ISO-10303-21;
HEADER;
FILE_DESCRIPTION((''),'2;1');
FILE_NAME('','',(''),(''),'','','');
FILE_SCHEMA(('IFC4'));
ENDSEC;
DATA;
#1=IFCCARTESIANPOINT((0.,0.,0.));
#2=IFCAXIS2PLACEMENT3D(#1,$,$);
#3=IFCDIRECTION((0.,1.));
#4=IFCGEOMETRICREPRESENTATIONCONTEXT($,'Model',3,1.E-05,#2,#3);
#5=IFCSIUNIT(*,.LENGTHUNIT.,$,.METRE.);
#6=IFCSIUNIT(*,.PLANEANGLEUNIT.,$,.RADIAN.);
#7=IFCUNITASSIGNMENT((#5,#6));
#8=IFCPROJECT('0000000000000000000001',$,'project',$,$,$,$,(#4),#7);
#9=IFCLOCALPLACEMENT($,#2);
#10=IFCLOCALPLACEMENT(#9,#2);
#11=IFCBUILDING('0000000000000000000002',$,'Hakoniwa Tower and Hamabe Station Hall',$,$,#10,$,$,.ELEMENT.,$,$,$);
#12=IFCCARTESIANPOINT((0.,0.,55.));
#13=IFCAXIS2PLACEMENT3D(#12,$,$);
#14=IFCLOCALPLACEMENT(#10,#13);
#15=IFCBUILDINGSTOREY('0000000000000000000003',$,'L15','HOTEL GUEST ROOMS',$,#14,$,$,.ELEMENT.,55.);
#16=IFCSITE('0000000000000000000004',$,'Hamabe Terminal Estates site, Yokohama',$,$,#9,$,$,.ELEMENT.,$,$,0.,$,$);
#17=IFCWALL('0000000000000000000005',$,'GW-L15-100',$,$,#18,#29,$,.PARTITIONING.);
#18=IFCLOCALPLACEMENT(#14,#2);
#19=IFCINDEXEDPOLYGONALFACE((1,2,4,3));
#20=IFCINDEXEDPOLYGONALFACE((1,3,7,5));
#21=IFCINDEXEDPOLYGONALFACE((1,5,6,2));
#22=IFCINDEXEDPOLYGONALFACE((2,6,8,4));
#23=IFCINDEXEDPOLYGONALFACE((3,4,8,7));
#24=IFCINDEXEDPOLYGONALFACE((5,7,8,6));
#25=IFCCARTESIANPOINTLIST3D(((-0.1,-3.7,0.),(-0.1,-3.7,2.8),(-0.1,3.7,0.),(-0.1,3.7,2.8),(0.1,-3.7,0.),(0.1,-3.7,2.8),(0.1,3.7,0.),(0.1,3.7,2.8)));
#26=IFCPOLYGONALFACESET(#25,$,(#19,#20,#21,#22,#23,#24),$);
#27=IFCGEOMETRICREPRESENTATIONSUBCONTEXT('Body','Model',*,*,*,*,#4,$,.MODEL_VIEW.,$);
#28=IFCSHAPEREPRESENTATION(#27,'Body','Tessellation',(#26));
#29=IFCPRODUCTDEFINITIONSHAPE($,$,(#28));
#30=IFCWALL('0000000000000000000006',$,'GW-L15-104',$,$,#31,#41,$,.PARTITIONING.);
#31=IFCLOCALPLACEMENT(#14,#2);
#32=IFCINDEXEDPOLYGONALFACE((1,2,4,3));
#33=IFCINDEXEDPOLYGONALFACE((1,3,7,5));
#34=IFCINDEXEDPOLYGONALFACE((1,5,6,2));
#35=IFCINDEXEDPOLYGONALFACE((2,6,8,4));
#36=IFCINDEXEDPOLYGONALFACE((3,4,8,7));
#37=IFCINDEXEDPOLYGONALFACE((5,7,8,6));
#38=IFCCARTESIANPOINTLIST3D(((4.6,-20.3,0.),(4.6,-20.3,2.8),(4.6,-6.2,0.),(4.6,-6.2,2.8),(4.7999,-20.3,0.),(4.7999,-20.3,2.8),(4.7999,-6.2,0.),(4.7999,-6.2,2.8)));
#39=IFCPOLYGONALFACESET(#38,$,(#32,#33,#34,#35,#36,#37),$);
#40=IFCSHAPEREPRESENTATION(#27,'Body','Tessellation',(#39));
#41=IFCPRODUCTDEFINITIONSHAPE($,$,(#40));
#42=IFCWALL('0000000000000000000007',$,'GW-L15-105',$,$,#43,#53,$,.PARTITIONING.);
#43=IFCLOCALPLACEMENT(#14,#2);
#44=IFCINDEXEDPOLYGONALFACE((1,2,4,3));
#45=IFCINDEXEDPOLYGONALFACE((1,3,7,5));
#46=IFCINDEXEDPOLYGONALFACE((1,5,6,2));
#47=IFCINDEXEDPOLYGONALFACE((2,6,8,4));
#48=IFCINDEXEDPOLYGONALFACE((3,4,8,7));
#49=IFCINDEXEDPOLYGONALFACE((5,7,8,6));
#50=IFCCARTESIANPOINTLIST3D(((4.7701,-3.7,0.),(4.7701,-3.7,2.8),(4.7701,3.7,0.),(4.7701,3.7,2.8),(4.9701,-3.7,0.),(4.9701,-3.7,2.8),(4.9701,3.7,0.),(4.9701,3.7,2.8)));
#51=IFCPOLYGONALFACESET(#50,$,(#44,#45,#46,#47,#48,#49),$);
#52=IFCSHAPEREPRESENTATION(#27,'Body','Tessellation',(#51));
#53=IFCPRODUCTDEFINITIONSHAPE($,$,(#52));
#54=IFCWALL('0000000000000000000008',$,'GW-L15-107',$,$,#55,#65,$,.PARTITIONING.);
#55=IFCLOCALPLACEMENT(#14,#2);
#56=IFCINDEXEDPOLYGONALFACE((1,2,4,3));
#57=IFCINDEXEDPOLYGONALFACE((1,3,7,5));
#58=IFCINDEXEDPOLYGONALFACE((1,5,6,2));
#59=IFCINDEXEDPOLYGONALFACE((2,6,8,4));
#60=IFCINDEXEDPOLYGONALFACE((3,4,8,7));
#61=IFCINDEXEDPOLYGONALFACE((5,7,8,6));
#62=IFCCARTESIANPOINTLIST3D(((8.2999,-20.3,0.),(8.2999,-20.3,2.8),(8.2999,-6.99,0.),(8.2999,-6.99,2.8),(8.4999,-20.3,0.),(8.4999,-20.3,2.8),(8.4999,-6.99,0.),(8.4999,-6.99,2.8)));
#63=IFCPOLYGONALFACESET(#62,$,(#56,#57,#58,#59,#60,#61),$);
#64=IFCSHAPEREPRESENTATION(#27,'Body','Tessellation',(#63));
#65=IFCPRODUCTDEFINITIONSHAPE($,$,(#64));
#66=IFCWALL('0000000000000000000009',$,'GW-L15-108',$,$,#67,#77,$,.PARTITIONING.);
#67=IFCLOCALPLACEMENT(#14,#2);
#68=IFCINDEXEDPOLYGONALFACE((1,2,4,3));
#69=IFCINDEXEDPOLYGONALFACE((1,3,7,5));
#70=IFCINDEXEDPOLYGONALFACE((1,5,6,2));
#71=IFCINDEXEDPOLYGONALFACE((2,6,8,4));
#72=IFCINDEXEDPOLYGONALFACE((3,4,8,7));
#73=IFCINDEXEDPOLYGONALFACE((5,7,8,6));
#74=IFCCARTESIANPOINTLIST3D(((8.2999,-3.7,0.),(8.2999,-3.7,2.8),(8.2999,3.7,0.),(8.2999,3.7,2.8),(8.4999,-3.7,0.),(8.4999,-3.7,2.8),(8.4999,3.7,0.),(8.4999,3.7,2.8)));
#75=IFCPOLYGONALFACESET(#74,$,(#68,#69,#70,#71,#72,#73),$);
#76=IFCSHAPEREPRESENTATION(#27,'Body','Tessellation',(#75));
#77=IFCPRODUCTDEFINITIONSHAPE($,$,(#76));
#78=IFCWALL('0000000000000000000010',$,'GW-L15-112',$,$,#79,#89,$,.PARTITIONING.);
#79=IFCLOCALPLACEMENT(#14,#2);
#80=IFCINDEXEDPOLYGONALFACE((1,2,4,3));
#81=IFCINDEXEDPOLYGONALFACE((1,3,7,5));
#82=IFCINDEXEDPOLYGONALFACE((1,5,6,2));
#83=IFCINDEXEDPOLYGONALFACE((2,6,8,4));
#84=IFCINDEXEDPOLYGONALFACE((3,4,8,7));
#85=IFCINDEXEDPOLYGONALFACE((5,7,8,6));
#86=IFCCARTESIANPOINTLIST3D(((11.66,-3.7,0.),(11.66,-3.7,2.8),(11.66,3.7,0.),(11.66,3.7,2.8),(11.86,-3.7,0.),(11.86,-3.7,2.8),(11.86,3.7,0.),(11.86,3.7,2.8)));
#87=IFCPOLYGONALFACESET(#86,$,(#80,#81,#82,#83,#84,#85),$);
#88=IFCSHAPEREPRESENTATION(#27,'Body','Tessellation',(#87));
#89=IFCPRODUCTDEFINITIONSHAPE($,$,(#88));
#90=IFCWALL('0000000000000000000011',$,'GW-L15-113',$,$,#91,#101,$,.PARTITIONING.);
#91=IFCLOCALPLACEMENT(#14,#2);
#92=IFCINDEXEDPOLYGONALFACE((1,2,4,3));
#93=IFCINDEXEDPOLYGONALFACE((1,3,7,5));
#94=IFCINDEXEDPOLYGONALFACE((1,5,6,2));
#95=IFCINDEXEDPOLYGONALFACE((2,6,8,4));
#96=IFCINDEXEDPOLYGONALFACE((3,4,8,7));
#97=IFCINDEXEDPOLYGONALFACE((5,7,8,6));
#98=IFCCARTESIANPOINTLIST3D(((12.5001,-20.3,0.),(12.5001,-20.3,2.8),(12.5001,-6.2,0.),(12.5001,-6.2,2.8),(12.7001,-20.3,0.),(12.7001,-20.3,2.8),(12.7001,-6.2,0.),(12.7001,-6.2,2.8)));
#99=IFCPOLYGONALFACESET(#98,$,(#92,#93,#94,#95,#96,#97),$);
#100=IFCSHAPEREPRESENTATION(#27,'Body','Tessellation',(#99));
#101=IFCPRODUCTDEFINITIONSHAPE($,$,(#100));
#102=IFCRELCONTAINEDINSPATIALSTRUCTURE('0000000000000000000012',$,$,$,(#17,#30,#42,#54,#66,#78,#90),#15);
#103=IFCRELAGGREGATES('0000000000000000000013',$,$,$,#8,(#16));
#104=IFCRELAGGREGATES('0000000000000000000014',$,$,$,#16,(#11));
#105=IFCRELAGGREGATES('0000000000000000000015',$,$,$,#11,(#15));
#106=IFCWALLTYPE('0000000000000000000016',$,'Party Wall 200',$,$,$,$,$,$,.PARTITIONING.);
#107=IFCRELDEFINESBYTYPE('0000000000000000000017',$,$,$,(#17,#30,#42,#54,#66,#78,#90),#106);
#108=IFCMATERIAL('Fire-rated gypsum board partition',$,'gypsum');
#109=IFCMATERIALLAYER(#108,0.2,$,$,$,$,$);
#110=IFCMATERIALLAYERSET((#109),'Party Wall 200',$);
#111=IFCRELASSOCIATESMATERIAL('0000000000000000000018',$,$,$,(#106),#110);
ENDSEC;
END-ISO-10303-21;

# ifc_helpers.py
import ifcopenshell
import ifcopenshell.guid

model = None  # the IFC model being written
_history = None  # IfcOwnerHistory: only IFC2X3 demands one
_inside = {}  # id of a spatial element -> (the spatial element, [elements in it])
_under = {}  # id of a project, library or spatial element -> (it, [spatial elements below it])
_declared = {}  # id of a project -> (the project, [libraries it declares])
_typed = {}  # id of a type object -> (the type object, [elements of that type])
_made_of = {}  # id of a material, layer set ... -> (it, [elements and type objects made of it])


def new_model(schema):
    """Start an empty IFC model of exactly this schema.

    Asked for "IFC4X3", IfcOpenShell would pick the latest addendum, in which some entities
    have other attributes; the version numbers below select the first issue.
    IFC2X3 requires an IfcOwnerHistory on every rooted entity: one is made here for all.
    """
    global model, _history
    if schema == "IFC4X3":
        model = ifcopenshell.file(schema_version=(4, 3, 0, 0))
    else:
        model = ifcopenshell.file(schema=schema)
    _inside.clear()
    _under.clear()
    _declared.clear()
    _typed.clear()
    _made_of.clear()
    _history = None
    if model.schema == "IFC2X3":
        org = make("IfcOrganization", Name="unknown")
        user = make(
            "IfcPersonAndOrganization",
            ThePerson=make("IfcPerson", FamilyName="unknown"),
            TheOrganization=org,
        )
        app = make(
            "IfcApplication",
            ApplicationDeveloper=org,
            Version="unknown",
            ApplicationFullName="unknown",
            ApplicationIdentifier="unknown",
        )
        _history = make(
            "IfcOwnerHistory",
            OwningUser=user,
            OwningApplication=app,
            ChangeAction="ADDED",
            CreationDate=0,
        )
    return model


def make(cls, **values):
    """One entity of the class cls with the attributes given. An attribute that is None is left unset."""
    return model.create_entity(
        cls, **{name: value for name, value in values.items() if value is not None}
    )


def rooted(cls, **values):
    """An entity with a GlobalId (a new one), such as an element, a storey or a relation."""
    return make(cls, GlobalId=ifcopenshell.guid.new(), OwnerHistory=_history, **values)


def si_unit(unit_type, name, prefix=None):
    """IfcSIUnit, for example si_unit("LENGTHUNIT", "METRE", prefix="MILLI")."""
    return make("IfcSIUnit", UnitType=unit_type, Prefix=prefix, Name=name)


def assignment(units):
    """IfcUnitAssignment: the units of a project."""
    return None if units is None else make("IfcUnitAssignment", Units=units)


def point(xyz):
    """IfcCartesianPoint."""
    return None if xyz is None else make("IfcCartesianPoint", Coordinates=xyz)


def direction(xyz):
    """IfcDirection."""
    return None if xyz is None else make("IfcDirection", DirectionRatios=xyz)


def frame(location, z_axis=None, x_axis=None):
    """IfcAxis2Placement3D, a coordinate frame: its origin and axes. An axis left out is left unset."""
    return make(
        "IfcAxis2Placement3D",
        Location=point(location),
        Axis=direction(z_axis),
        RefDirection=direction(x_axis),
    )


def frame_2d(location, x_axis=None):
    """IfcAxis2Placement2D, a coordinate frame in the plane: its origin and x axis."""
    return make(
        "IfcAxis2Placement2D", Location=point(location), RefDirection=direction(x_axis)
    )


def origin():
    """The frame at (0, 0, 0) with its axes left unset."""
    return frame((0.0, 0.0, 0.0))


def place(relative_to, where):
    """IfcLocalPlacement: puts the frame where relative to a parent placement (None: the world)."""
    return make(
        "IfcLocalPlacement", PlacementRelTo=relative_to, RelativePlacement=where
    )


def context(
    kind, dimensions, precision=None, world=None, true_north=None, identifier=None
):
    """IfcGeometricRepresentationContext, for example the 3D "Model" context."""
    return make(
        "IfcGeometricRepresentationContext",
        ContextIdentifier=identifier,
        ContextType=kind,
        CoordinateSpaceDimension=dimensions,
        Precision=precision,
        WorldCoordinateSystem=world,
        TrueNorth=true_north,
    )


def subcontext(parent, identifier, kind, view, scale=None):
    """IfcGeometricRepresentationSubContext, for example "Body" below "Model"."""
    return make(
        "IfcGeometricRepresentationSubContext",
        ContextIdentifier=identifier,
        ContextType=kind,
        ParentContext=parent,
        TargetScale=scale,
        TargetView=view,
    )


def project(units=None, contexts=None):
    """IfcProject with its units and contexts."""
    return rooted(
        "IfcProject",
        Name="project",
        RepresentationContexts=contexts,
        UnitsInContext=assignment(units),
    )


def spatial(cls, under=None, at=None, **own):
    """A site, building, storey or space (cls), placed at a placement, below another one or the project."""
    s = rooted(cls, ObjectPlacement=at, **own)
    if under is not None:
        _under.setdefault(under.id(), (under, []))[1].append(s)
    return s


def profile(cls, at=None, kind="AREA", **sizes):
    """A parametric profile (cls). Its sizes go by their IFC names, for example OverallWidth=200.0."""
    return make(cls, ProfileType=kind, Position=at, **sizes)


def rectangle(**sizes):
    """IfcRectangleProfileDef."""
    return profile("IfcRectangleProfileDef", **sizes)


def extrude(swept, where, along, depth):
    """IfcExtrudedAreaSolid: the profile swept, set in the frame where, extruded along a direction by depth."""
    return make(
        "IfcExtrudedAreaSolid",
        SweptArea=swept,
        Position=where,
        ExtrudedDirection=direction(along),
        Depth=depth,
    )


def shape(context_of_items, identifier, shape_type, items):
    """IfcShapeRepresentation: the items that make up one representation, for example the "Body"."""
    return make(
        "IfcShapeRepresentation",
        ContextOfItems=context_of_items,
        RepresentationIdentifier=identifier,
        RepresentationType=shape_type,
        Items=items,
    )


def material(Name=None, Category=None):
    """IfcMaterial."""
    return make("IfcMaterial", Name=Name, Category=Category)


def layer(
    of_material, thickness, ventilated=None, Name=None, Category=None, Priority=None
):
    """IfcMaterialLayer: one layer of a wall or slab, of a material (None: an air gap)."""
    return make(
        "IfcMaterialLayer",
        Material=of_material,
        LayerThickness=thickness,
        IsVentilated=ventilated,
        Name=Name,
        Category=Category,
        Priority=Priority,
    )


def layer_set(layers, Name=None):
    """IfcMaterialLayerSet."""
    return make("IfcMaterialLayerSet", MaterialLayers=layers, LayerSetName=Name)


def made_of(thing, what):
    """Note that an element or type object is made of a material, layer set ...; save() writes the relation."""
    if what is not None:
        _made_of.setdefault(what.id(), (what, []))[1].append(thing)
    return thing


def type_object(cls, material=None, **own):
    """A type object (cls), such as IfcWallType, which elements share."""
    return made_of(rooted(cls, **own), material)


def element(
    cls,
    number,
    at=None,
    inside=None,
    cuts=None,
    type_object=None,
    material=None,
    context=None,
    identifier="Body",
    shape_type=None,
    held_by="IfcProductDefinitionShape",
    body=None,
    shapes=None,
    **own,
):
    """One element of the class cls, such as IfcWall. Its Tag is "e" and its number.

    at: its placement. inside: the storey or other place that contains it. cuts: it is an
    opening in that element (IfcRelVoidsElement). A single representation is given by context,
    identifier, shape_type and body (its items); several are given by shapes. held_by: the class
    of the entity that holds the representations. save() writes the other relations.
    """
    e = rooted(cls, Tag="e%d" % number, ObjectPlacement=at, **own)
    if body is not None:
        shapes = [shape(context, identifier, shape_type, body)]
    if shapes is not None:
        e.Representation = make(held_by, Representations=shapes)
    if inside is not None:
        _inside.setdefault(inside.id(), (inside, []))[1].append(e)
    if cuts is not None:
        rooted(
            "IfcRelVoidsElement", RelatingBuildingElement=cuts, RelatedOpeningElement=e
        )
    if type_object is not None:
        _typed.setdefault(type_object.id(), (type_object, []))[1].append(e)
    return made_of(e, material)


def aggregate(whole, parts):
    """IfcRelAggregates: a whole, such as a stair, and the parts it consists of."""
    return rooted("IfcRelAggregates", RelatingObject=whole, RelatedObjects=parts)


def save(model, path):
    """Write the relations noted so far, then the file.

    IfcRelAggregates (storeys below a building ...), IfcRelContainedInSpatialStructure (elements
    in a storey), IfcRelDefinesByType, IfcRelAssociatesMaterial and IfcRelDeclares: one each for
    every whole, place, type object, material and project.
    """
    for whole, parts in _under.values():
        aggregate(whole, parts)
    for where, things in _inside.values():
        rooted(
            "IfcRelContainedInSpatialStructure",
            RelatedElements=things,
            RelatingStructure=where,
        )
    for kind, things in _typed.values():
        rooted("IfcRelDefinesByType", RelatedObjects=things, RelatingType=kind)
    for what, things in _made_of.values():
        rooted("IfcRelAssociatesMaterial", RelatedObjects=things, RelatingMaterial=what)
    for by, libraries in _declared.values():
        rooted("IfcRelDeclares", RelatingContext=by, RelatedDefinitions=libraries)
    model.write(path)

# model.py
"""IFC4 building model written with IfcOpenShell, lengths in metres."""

from ifc_helpers import new_model, si_unit, direction, frame, frame_2d, origin, place, context, subcontext, project, spatial, rectangle, extrude, material, layer, layer_set, type_object, element, save


model = new_model("IFC4")

# Units and contexts
model_context = context("Model", 3, precision=1e-05, world=origin(), true_north=direction((0.0, 1.0)))
body_context = subcontext(model_context, "Body", "Model", "MODEL_VIEW")
ifc_project = project(units=[si_unit("LENGTHUNIT", "METRE"), si_unit("PLANEANGLEUNIT", "RADIAN")], contexts=[model_context])

# Site, building, storey
site_placement = place(None, origin())
site = spatial("IfcSite", under=ifc_project, at=site_placement, Name="Hamabe Terminal Estates site, Yokohama", CompositionType="ELEMENT", RefElevation=0.0)
building_placement = place(site_placement, origin())
building = spatial("IfcBuilding", under=site, at=building_placement, Name="Hakoniwa Tower and Hamabe Station Hall", CompositionType="ELEMENT")
storey_placement = place(building_placement, frame((0.0, 0.0, 55.0)))
storey = spatial("IfcBuildingStorey", under=building, at=storey_placement, Name="L15", Description="HOTEL GUEST ROOMS", CompositionType="ELEMENT", Elevation=55.0)

# Walls
ifc_material_1 = material(Name="Fire-rated gypsum board partition", Category="gypsum")
ifc_layer_1 = layer(ifc_material_1, 0.2)
ifc_layer_set_1 = layer_set([ifc_layer_1], Name="Party Wall 200")
wall_type_1 = type_object("IfcWallType", Name="Party Wall 200", PredefinedType="PARTITIONING", material=ifc_layer_set_1)
wall_1_placement = place(storey_placement, frame((0.0, -3.7, 0.0), z_axis=(0.0, 0.0, 1.0), x_axis=(0.0, 1.0, 0.0)))
element("IfcWall", 1, at=wall_1_placement, inside=storey, type_object=wall_type_1, Name="GW-L15-100", PredefinedType="PARTITIONING", context=body_context, shape_type="SweptSolid", body=[
    extrude(rectangle(XDim=7.3999, YDim=0.2, at=frame_2d((3.7, 0.0))), origin(), (0.0, 0.0, 1.0), 2.8),
])
wall_2_placement = place(storey_placement, frame((4.7, -20.3, 0.0), z_axis=(0.0, 0.0, 1.0), x_axis=(0.0, 1.0, 0.0)))
element("IfcWall", 2, at=wall_2_placement, inside=storey, type_object=wall_type_1, Name="GW-L15-104", PredefinedType="PARTITIONING", context=body_context, shape_type="SweptSolid", body=[
    extrude(rectangle(XDim=14.1001, YDim=0.2, at=frame_2d((7.05, 0.0))), origin(), (0.0, 0.0, 1.0), 2.8),
])
wall_3_placement = place(storey_placement, frame((4.8701, -3.7, 0.0), z_axis=(0.0, 0.0, 1.0), x_axis=(0.0, 1.0, 0.0)))
element("IfcWall", 3, at=wall_3_placement, inside=storey, type_object=wall_type_1, Name="GW-L15-105", PredefinedType="PARTITIONING", context=body_context, shape_type="SweptSolid", body=[
    extrude(rectangle(XDim=7.3999, YDim=0.2, at=frame_2d((3.7, 0.0))), origin(), (0.0, 0.0, 1.0), 2.8),
])
wall_4_placement = place(storey_placement, frame((8.3999, -20.3, 0.0), z_axis=(0.0, 0.0, 1.0), x_axis=(0.0, 1.0, 0.0)))
element("IfcWall", 4, at=wall_4_placement, inside=storey, type_object=wall_type_1, Name="GW-L15-107", PredefinedType="PARTITIONING", context=body_context, shape_type="SweptSolid", body=[
    extrude(rectangle(XDim=13.3101, YDim=0.2, at=frame_2d((6.655, 0.0))), origin(), (0.0, 0.0, 1.0), 2.8),
])
for number, where, z_axis, x_axis, name in (
    (5, (8.3999, -3.7, 0.0), (0.0, 0.0, 1.0), (0.0, 1.0, 0.0), "GW-L15-108"),
    (6, (11.76, -3.7, 0.0), (0.0, 0.0, 1.0), (0.0, 1.0, 0.0), "GW-L15-112"),
):
    element("IfcWall", number, at=place(storey_placement, frame(where, z_axis=z_axis, x_axis=x_axis)), inside=storey, type_object=wall_type_1, Name=name, PredefinedType="PARTITIONING", context=body_context, shape_type="SweptSolid", body=[
        extrude(rectangle(XDim=7.3999, YDim=0.2, at=frame_2d((3.7, 0.0))), origin(), (0.0, 0.0, 1.0), 2.8),
    ])
wall_5_placement = place(storey_placement, frame((12.6001, -20.3, 0.0), z_axis=(0.0, 0.0, 1.0), x_axis=(0.0, 1.0, 0.0)))
element("IfcWall", 7, at=wall_5_placement, inside=storey, type_object=wall_type_1, Name="GW-L15-113", PredefinedType="PARTITIONING", context=body_context, shape_type="SweptSolid", body=[
    extrude(rectangle(XDim=14.1001, YDim=0.2, at=frame_2d((7.05, 0.0))), origin(), (0.0, 0.0, 1.0), 2.8),
])

save(model, "model.ifc")
